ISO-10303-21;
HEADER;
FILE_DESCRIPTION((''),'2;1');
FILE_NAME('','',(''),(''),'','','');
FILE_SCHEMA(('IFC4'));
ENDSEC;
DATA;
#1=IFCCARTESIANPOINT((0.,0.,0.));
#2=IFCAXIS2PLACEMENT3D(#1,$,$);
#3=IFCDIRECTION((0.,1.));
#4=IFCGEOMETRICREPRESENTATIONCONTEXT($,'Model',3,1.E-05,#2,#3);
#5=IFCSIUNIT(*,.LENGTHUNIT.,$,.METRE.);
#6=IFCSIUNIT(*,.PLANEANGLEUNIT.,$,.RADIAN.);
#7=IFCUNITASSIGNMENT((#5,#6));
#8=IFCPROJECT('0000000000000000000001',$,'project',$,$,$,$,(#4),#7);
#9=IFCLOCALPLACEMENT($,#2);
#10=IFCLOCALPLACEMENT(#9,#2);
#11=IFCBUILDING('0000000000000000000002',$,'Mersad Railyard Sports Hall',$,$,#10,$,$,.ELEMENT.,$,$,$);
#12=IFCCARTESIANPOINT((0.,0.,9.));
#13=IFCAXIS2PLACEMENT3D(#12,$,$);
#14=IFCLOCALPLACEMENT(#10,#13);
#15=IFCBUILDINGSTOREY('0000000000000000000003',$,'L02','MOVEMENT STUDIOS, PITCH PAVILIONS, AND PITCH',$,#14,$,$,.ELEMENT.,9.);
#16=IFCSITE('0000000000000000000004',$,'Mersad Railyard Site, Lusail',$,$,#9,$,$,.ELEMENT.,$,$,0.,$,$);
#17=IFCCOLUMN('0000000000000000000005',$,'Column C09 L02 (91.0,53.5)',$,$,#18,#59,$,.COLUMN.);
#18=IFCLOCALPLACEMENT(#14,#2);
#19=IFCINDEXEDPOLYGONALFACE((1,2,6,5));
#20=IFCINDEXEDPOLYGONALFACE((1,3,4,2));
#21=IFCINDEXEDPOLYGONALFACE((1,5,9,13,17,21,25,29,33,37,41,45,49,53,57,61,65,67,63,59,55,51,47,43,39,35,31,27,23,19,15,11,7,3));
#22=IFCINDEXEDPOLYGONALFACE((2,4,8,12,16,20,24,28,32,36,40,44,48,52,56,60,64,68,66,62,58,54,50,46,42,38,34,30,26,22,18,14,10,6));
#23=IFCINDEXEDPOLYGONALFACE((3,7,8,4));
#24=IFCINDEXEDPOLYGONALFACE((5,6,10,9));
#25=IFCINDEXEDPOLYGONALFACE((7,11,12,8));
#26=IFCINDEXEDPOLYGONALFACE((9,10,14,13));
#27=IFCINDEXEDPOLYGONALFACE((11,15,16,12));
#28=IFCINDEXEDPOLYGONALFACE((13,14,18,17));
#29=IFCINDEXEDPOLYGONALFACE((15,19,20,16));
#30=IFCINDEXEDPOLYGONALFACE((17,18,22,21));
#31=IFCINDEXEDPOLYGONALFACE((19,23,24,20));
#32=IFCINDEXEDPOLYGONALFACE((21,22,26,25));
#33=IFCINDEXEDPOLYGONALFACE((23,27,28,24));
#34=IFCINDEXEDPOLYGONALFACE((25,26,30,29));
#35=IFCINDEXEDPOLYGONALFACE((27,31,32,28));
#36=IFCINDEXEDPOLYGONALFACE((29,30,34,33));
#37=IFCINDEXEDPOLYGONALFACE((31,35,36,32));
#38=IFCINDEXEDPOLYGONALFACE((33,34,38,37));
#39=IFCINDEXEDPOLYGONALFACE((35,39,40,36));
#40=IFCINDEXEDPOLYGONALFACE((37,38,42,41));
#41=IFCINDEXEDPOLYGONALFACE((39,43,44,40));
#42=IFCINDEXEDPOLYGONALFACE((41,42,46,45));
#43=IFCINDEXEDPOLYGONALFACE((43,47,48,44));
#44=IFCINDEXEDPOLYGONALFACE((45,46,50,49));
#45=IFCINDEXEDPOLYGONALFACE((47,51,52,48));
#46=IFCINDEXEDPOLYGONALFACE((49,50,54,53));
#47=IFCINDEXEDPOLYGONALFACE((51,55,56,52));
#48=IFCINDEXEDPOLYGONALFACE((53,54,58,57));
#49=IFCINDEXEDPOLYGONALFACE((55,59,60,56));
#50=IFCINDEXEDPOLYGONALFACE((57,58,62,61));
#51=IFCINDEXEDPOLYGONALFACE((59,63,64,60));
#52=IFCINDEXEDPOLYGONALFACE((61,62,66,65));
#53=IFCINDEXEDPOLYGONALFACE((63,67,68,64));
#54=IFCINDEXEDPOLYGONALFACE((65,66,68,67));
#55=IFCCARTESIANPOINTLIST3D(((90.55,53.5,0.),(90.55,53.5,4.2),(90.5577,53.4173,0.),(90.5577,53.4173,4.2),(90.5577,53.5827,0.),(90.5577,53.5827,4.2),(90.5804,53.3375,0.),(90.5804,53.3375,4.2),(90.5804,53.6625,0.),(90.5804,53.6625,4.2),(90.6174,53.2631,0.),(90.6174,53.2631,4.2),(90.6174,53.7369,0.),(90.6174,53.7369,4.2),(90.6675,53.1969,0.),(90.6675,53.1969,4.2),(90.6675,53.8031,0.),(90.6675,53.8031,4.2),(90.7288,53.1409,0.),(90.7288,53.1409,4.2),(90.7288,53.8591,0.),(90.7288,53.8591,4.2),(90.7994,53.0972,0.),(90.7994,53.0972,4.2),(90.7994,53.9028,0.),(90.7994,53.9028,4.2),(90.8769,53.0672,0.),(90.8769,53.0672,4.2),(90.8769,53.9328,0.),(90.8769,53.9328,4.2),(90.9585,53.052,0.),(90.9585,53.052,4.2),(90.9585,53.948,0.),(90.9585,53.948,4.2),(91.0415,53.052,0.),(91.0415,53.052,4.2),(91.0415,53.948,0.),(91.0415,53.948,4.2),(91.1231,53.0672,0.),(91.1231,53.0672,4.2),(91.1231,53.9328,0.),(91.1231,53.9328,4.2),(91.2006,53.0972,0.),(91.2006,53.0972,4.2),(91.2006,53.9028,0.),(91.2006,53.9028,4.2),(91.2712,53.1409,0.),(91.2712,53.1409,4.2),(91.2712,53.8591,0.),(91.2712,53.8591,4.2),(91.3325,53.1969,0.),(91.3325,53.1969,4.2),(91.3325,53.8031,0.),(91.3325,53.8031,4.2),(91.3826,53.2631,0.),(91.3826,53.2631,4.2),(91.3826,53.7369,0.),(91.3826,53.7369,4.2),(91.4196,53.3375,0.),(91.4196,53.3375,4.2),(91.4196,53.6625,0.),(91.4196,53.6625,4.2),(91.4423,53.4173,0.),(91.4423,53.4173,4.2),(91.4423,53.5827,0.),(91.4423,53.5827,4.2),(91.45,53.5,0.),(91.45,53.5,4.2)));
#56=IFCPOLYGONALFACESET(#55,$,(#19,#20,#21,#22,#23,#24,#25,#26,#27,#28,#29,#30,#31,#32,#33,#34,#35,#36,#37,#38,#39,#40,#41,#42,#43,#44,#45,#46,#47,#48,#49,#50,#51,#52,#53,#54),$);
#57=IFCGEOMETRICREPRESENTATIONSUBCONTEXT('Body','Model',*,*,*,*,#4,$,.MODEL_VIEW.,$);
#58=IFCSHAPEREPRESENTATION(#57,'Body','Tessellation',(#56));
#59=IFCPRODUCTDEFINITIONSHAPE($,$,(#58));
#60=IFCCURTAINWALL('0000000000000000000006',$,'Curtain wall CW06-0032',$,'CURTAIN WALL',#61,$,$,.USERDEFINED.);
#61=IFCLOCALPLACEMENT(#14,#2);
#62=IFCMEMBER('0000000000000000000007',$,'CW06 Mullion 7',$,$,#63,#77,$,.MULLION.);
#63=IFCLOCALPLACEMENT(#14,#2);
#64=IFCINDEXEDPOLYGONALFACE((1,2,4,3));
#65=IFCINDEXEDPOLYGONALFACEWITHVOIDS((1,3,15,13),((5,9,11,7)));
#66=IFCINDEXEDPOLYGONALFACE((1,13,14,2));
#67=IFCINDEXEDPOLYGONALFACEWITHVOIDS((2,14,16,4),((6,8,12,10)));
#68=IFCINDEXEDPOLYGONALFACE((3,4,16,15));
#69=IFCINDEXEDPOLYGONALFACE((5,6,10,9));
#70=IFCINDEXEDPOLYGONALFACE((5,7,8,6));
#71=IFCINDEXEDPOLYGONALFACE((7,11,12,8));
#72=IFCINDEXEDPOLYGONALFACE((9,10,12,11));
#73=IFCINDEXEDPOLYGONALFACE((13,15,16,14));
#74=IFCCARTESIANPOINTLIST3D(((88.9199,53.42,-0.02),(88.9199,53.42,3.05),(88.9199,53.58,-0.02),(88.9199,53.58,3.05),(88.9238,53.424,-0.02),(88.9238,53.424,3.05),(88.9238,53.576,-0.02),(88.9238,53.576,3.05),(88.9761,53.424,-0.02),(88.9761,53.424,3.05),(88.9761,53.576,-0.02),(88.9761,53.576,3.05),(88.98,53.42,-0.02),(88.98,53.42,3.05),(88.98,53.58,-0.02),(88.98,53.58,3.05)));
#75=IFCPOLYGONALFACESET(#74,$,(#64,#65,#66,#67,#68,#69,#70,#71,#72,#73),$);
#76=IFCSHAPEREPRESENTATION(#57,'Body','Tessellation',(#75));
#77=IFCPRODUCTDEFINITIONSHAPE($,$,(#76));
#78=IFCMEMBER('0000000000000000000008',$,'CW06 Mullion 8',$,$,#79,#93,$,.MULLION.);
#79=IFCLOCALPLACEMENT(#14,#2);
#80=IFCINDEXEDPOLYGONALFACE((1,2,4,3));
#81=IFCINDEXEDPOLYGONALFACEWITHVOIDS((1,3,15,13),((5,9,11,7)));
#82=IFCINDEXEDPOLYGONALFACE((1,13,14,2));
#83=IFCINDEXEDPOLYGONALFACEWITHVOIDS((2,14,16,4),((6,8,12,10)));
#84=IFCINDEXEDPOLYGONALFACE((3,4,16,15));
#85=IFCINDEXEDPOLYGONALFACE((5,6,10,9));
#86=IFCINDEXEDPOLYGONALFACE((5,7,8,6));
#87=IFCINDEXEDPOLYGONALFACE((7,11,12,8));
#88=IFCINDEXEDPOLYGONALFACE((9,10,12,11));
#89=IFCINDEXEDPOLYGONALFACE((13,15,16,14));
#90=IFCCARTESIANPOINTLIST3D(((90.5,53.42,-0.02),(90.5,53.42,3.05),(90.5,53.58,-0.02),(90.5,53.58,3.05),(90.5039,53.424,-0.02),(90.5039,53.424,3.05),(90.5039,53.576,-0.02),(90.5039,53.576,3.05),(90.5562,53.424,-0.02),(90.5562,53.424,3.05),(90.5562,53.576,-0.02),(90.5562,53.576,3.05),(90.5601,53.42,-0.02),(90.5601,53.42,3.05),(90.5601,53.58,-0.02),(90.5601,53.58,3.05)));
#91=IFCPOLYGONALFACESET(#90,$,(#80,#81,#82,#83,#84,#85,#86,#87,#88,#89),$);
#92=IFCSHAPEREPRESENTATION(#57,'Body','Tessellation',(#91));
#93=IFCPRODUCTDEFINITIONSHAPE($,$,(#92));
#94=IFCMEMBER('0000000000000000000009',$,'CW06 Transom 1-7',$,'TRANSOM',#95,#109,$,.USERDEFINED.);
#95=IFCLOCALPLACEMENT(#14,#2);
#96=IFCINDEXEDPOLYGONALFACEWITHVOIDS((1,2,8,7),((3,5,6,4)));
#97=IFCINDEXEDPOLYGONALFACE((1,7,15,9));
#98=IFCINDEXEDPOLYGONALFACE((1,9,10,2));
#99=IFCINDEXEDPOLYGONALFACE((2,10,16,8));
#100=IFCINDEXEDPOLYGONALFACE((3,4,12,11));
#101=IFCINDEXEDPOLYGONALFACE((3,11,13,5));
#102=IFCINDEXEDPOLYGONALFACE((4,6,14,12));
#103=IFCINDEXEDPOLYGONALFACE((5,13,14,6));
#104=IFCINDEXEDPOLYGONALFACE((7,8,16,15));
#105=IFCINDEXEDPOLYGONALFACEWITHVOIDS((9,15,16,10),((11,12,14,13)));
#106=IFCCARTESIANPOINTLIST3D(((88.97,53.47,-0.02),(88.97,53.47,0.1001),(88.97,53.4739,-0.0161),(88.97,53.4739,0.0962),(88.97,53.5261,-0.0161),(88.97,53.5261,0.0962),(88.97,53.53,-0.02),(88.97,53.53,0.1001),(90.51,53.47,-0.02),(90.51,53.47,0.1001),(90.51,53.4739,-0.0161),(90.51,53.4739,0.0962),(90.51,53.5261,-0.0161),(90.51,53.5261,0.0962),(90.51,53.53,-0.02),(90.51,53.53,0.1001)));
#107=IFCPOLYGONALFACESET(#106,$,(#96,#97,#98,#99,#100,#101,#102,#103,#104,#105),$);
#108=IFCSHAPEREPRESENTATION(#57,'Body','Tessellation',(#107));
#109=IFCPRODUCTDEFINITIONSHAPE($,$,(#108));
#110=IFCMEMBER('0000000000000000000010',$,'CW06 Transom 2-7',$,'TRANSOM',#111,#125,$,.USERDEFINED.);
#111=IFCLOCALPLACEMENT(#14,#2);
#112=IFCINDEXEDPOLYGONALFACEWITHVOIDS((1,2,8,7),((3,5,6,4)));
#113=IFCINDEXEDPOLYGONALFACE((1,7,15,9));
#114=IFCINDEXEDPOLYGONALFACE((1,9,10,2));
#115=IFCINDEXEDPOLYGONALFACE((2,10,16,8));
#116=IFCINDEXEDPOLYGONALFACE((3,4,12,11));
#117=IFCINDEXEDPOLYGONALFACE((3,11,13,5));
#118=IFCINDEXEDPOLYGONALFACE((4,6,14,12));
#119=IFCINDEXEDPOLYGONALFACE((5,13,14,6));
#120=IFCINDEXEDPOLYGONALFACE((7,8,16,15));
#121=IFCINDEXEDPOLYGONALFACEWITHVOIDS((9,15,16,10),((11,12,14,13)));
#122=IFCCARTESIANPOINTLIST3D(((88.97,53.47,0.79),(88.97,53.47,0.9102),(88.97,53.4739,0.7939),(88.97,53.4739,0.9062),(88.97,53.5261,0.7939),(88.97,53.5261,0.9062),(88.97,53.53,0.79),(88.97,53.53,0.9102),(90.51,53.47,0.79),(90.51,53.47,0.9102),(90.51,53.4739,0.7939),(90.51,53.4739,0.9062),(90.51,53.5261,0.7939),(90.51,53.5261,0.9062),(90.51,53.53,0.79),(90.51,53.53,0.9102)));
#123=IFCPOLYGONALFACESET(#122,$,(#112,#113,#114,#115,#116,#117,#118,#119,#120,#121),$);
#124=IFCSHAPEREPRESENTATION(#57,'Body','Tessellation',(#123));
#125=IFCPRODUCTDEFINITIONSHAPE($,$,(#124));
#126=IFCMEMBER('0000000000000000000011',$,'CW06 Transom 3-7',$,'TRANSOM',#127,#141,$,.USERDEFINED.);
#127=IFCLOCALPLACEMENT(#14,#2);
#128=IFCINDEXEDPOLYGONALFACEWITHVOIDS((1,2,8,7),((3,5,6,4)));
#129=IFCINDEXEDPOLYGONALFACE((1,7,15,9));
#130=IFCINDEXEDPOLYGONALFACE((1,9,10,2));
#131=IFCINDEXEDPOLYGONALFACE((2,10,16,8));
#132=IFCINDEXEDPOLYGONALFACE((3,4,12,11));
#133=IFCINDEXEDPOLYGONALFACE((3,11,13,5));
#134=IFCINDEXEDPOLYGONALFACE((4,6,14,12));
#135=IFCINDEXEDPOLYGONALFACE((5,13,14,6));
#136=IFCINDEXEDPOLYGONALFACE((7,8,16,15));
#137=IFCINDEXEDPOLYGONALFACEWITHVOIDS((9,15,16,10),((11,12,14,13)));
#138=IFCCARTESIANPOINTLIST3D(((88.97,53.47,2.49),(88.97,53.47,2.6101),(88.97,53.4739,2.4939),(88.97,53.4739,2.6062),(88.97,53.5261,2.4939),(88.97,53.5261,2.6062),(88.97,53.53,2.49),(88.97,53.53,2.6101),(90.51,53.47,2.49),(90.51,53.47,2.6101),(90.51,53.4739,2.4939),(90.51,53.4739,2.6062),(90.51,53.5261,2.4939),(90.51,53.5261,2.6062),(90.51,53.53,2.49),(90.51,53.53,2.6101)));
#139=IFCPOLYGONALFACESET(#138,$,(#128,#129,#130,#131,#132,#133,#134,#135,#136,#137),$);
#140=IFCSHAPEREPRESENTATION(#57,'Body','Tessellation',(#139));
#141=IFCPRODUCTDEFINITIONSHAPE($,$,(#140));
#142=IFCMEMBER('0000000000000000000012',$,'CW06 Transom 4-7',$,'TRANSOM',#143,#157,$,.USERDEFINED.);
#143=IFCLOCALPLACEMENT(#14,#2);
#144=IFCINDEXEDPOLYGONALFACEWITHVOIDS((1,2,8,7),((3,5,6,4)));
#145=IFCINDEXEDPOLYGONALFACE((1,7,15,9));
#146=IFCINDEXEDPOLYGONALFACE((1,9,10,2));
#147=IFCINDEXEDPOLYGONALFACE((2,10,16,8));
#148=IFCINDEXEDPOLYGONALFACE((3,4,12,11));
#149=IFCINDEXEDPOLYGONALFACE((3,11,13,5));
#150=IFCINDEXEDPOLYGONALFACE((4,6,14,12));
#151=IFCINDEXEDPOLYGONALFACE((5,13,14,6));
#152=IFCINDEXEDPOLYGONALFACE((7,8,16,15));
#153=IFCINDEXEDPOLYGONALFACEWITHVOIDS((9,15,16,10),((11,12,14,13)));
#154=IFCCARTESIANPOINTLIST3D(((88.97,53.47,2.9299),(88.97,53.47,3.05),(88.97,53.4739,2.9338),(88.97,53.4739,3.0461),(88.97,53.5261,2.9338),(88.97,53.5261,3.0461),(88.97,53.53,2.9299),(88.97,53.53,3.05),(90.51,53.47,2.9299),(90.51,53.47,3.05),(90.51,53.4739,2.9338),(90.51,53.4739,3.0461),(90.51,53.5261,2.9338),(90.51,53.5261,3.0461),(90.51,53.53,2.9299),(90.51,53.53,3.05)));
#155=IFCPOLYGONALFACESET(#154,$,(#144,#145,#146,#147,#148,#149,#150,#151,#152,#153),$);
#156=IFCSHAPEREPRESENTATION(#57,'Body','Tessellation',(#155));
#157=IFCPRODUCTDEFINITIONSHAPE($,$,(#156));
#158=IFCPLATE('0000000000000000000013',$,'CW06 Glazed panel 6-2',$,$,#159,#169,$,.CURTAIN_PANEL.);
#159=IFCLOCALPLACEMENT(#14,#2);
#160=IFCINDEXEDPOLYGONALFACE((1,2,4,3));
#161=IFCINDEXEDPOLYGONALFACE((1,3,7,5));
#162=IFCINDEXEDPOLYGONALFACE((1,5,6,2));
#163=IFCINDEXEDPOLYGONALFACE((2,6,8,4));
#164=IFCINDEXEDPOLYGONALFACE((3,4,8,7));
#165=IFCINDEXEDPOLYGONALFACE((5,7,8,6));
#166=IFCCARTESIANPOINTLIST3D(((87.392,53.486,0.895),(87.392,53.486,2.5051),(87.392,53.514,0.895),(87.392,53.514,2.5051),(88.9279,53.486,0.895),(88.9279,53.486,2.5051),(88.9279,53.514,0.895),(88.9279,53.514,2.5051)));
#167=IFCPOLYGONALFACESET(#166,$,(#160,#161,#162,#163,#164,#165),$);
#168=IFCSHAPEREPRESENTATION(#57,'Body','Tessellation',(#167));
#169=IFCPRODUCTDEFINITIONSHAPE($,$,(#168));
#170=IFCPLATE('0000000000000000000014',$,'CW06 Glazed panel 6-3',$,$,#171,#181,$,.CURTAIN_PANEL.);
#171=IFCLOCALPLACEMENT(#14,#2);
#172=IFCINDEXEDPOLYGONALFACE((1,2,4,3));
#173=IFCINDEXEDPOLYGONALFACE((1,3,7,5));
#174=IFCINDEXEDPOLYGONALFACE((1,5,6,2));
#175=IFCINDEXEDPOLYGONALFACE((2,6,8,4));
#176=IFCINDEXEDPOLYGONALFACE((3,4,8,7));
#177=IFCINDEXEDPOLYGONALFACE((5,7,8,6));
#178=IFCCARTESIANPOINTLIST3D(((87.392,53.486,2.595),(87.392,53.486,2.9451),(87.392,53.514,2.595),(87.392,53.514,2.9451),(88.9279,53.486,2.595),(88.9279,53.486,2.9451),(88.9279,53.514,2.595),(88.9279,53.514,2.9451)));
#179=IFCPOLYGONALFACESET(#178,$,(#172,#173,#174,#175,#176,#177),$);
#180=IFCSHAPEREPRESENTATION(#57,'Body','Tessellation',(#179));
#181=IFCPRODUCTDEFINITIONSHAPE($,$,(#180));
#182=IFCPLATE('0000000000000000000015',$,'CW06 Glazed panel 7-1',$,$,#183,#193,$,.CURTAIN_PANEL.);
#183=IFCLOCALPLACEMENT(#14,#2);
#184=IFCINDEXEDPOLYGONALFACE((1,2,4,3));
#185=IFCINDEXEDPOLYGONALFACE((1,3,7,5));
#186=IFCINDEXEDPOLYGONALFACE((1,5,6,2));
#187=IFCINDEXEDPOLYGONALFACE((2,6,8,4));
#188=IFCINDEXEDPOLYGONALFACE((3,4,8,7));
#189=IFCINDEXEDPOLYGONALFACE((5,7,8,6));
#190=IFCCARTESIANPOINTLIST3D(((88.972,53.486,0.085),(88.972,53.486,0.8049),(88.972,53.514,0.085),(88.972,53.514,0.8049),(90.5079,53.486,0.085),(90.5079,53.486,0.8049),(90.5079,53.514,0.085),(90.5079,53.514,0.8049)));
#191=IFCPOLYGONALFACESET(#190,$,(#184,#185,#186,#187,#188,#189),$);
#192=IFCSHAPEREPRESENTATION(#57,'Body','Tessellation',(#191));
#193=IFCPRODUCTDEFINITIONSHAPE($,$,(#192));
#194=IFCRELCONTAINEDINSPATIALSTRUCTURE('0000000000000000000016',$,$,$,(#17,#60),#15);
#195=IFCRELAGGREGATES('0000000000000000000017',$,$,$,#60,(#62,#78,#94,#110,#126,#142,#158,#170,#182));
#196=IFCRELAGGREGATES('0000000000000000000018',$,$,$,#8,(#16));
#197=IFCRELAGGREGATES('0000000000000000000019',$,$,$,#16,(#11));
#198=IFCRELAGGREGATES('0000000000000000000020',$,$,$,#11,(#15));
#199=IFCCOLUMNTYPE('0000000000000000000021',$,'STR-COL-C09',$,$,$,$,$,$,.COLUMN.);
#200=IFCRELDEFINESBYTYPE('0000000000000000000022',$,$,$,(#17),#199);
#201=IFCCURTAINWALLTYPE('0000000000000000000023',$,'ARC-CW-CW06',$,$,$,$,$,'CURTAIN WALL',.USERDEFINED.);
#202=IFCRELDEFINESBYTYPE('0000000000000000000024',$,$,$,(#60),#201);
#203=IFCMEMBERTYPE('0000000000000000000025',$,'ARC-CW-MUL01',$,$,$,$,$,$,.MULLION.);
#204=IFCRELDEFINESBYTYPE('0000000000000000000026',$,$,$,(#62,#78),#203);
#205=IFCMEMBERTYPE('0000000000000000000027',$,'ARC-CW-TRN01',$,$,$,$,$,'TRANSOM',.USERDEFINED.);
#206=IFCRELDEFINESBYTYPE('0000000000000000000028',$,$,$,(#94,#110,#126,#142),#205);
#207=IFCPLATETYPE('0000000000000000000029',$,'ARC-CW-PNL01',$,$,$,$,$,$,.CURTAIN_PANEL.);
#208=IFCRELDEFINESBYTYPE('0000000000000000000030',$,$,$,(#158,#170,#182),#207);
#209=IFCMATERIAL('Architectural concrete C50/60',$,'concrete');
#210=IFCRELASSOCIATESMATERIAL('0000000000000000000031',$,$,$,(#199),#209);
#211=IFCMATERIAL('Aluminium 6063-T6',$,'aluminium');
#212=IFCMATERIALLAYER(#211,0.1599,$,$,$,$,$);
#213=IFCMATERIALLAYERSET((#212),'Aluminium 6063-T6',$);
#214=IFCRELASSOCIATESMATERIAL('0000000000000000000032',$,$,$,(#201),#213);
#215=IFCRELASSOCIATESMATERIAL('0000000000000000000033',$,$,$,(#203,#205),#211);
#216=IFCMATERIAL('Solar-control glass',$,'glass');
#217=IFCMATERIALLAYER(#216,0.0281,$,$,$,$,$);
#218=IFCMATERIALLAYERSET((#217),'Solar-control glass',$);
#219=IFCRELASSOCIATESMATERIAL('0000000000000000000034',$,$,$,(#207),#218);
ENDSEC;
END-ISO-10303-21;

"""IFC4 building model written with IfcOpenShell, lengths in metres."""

from ifc_helpers import new_model, si_unit, direction, frame, origin, origin_2d, place, context, subcontext, project, spatial, rectangle, hollow_rectangle, circle, extrude, material, layer, layer_set, material_profile, profile_set, type_object, element, aggregate, save


model = new_model("IFC4")

# Units and contexts
model_context = context("Model", 3, precision=1e-05, world=origin(), true_north=direction((0.0, 1.0)))
body_context = subcontext(model_context, "Body", "Model", "MODEL_VIEW")
ifc_project = project(units=[si_unit("LENGTHUNIT", "METRE"), si_unit("PLANEANGLEUNIT", "RADIAN")], contexts=[model_context])

# Site, building, storey
site_placement = place(None, origin())
site = spatial("IfcSite", under=ifc_project, at=site_placement, Name="Mersad Railyard Site, Lusail", CompositionType="ELEMENT", RefElevation=0.0)
building_placement = place(site_placement, origin())
building = spatial("IfcBuilding", under=site, at=building_placement, Name="Mersad Railyard Sports Hall", CompositionType="ELEMENT")
storey_placement = place(building_placement, frame((0.0, 0.0, 9.0)))
storey = spatial("IfcBuildingStorey", under=building, at=storey_placement, Name="L02", Description="MOVEMENT STUDIOS, PITCH PAVILIONS, AND PITCH", CompositionType="ELEMENT", Elevation=9.0)

# Column
ifc_material_1 = material(Name="Architectural concrete C50/60", Category="concrete")
ifc_material_profile_1 = material_profile(ifc_material_1, circle(Radius=0.45, at=origin_2d()), Name="RC D900")
ifc_profile_set_1 = profile_set([ifc_material_profile_1], Name="Architectural concrete C50/60")
column_type = type_object("IfcColumnType", Name="STR-COL-C09", PredefinedType="COLUMN", material=ifc_profile_set_1)
column_placement = place(storey_placement, frame((91.0, 53.5, 0.0), z_axis=(0.0, 0.0, 1.0), x_axis=(1.0, 0.0, 0.0)))
element("IfcColumn", 1, at=column_placement, inside=storey, type_object=column_type, Name="Column C09 L02 (91.0,53.5)", PredefinedType="COLUMN", context=body_context, shape_type="SweptSolid", body=[
    extrude(circle(Radius=0.45, at=origin_2d()), origin(), (0.0, 0.0, 1.0), 4.2),
])

# Curtain wall, members, plates
ifc_material_2 = material(Name="Aluminium 6063-T6", Category="aluminium")
ifc_layer_1 = layer(ifc_material_2, 0.1599)
ifc_layer_set_1 = layer_set([ifc_layer_1], Name="Aluminium 6063-T6")
curtain_wall_type = type_object("IfcCurtainWallType", Name="ARC-CW-CW06", ElementType="CURTAIN WALL", PredefinedType="USERDEFINED", material=ifc_layer_set_1)
curtain_wall_placement = place(storey_placement, origin())
curtain_wall = element("IfcCurtainWall", 2, at=curtain_wall_placement, inside=storey, type_object=curtain_wall_type, Name="Curtain wall CW06-0032", ObjectType="CURTAIN WALL", PredefinedType="USERDEFINED")
ifc_material_profile_2 = material_profile(ifc_material_2, hollow_rectangle(XDim=0.0601, YDim=0.1599, WallThickness=0.0039, at=origin_2d()), Name="AL MULLION 60x160x4")
ifc_profile_set_2 = profile_set([ifc_material_profile_2], Name="Aluminium 6063-T6")
member_type_1 = type_object("IfcMemberType", Name="ARC-CW-MUL01", PredefinedType="MULLION", material=ifc_profile_set_2)
member_1_placement = place(storey_placement, frame((88.95, 53.5, -0.02), z_axis=(0.0, 0.0, 1.0), x_axis=(1.0, 0.0, 0.0)))
member_1 = element("IfcMember", 3, at=member_1_placement, type_object=member_type_1, Name="CW06 Mullion 7", PredefinedType="MULLION", context=body_context, shape_type="SweptSolid", body=[
    extrude(hollow_rectangle(XDim=0.0601, YDim=0.1599, WallThickness=0.0039, at=origin_2d()), origin(), (0.0, 0.0, 1.0), 3.0701),
])
member_2_placement = place(storey_placement, frame((90.53, 53.5, -0.02), z_axis=(0.0, 0.0, 1.0), x_axis=(1.0, 0.0, 0.0)))
member_2 = element("IfcMember", 4, at=member_2_placement, type_object=member_type_1, Name="CW06 Mullion 8", PredefinedType="MULLION", context=body_context, shape_type="SweptSolid", body=[
    extrude(hollow_rectangle(XDim=0.0601, YDim=0.1599, WallThickness=0.0039, at=origin_2d()), origin(), (0.0, 0.0, 1.0), 3.0701),
])
ifc_material_profile_3 = material_profile(ifc_material_2, hollow_rectangle(XDim=0.0601, YDim=0.1201, WallThickness=0.0039, at=origin_2d()), Name="AL TRANSOM 60x120x4")
ifc_profile_set_3 = profile_set([ifc_material_profile_3], Name="Aluminium 6063-T6")
member_type_2 = type_object("IfcMemberType", Name="ARC-CW-TRN01", ElementType="TRANSOM", PredefinedType="USERDEFINED", material=ifc_profile_set_3)
member_3_placement = place(storey_placement, frame((88.97, 53.5, 0.04), z_axis=(1.0, 0.0, 0.0), x_axis=(0.0, 1.0, 0.0)))
member_3 = element("IfcMember", 5, at=member_3_placement, type_object=member_type_2, Name="CW06 Transom 1-7", ObjectType="TRANSOM", PredefinedType="USERDEFINED", context=body_context, shape_type="SweptSolid", body=[
    extrude(hollow_rectangle(XDim=0.0601, YDim=0.1201, WallThickness=0.0039, at=origin_2d()), origin(), (0.0, 0.0, 1.0), 1.54),
])
member_4_placement = place(storey_placement, frame((88.97, 53.5, 0.8501), z_axis=(1.0, 0.0, 0.0), x_axis=(0.0, 1.0, 0.0)))
member_4 = element("IfcMember", 6, at=member_4_placement, type_object=member_type_2, Name="CW06 Transom 2-7", ObjectType="TRANSOM", PredefinedType="USERDEFINED", context=body_context, shape_type="SweptSolid", body=[
    extrude(hollow_rectangle(XDim=0.0601, YDim=0.1201, WallThickness=0.0039, at=origin_2d()), origin(), (0.0, 0.0, 1.0), 1.54),
])
member_5_placement = place(storey_placement, frame((88.97, 53.5, 2.55), z_axis=(1.0, 0.0, 0.0), x_axis=(0.0, 1.0, 0.0)))
member_5 = element("IfcMember", 7, at=member_5_placement, type_object=member_type_2, Name="CW06 Transom 3-7", ObjectType="TRANSOM", PredefinedType="USERDEFINED", context=body_context, shape_type="SweptSolid", body=[
    extrude(hollow_rectangle(XDim=0.0601, YDim=0.1201, WallThickness=0.0039, at=origin_2d()), origin(), (0.0, 0.0, 1.0), 1.54),
])
member_6_placement = place(storey_placement, frame((88.97, 53.5, 2.99), z_axis=(1.0, 0.0, 0.0), x_axis=(0.0, 1.0, 0.0)))
member_6 = element("IfcMember", 8, at=member_6_placement, type_object=member_type_2, Name="CW06 Transom 4-7", ObjectType="TRANSOM", PredefinedType="USERDEFINED", context=body_context, shape_type="SweptSolid", body=[
    extrude(hollow_rectangle(XDim=0.0601, YDim=0.1201, WallThickness=0.0039, at=origin_2d()), origin(), (0.0, 0.0, 1.0), 1.54),
])
ifc_material_3 = material(Name="Solar-control glass", Category="glass")
ifc_layer_2 = layer(ifc_material_3, 0.0281)
ifc_layer_set_2 = layer_set([ifc_layer_2], Name="Solar-control glass")
plate_type = type_object("IfcPlateType", Name="ARC-CW-PNL01", PredefinedType="CURTAIN_PANEL", material=ifc_layer_set_2)
plate_1_placement = place(storey_placement, frame((88.1599, 53.5, 0.895), z_axis=(0.0, 0.0, 1.0), x_axis=(1.0, 0.0, 0.0)))
plate_1 = element("IfcPlate", 9, at=plate_1_placement, type_object=plate_type, Name="CW06 Glazed panel 6-2", PredefinedType="CURTAIN_PANEL", context=body_context, shape_type="SweptSolid", body=[
    extrude(rectangle(XDim=1.5359, YDim=0.0281, at=origin_2d()), origin(), (0.0, 0.0, 1.0), 1.6101),
])
plate_2_placement = place(storey_placement, frame((88.1599, 53.5, 2.595), z_axis=(0.0, 0.0, 1.0), x_axis=(1.0, 0.0, 0.0)))
plate_2 = element("IfcPlate", 10, at=plate_2_placement, type_object=plate_type, Name="CW06 Glazed panel 6-3", PredefinedType="CURTAIN_PANEL", context=body_context, shape_type="SweptSolid", body=[
    extrude(rectangle(XDim=1.5359, YDim=0.0281, at=origin_2d()), origin(), (0.0, 0.0, 1.0), 0.3501),
])
plate_3_placement = place(storey_placement, frame((89.74, 53.5, 0.085), z_axis=(0.0, 0.0, 1.0), x_axis=(1.0, 0.0, 0.0)))
plate_3 = element("IfcPlate", 11, at=plate_3_placement, type_object=plate_type, Name="CW06 Glazed panel 7-1", PredefinedType="CURTAIN_PANEL", context=body_context, shape_type="SweptSolid", body=[
    extrude(rectangle(XDim=1.5359, YDim=0.0281, at=origin_2d()), origin(), (0.0, 0.0, 1.0), 0.72),
])
aggregate(curtain_wall, [member_1, member_2, member_3, member_4, member_5, member_6, plate_1, plate_2, plate_3])

save(model, "model.ifc")
